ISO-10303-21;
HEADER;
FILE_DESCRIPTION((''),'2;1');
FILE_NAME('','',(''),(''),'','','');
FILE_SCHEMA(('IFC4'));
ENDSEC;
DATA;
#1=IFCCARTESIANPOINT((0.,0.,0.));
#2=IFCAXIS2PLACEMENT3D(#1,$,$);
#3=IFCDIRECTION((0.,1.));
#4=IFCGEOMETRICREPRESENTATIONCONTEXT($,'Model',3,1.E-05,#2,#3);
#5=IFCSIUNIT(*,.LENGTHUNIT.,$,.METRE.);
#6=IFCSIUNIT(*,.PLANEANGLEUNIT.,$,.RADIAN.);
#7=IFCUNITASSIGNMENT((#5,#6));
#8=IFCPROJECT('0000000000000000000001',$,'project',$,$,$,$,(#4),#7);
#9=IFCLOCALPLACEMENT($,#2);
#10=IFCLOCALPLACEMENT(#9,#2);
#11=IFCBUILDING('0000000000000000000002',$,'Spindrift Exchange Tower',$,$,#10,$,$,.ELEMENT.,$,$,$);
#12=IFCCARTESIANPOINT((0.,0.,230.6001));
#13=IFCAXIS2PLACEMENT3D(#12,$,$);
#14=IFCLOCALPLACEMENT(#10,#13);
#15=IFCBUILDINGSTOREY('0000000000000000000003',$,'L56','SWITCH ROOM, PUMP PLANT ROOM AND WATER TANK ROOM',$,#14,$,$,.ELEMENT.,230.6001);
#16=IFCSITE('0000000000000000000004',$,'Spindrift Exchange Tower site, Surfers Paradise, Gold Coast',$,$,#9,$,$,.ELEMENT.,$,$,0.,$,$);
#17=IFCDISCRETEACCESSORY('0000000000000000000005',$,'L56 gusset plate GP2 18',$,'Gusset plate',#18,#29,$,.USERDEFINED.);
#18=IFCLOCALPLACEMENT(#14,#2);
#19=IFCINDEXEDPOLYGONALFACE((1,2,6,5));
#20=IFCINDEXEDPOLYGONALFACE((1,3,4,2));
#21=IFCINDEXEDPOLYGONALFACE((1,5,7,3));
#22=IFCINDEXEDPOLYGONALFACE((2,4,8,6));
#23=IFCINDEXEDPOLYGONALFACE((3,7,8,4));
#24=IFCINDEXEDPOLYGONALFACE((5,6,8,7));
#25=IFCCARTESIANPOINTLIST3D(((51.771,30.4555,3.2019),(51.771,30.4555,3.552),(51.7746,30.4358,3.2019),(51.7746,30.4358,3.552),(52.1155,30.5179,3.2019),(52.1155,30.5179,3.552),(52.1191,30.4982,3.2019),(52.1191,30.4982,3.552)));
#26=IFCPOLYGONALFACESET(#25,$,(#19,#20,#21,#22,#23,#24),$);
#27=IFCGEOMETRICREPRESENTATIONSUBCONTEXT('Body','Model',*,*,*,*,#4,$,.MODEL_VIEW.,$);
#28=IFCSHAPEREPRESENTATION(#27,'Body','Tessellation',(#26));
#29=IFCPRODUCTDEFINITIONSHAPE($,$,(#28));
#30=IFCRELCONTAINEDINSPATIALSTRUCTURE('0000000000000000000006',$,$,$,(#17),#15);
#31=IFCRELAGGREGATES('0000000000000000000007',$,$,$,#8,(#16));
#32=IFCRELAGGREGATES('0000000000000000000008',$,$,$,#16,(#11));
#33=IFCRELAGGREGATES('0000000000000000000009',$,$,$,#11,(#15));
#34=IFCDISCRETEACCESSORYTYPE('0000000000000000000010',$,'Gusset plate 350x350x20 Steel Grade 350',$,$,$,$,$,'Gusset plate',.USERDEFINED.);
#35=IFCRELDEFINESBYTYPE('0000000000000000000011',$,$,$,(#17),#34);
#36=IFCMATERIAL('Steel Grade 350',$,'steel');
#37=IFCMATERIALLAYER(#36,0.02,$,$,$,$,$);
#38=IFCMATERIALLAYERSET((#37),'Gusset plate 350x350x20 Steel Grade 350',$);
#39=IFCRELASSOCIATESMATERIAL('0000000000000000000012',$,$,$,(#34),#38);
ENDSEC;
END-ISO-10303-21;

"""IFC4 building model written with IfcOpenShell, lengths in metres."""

from ifc_helpers import new_model, si_unit, direction, frame, origin, origin_2d, place, context, subcontext, project, spatial, rectangle, extrude, source, transform, mapped, material, layer, layer_set, type_object, element, save


model = new_model("IFC4")

# Units and contexts
model_context = context("Model", 3, precision=1e-05, world=origin(), true_north=direction((0.0, 1.0)))
body_context = subcontext(model_context, "Body", "Model", "MODEL_VIEW")
ifc_project = project(units=[si_unit("LENGTHUNIT", "METRE"), si_unit("PLANEANGLEUNIT", "RADIAN")], contexts=[model_context])

# Site, building, storey
site_placement = place(None, origin())
site = spatial("IfcSite", under=ifc_project, at=site_placement, Name="Spindrift Exchange Tower site, Surfers Paradise, Gold Coast", CompositionType="ELEMENT", RefElevation=0.0)
building_placement = place(site_placement, origin())
building = spatial("IfcBuilding", under=site, at=building_placement, Name="Spindrift Exchange Tower", CompositionType="ELEMENT")
storey_placement = place(building_placement, frame((0.0, 0.0, 230.6001)))
storey = spatial("IfcBuildingStorey", under=building, at=storey_placement, Name="L56", Description="SWITCH ROOM, PUMP PLANT ROOM AND WATER TANK ROOM", CompositionType="ELEMENT", Elevation=230.6001)

# Shared definitions
ifc_material_1 = material(Name="Steel Grade 350", Category="steel")

# Discrete accessory
ifc_layer_1 = layer(ifc_material_1, 0.02)
ifc_layer_set_1 = layer_set([ifc_layer_1], Name="Gusset plate 350x350x20 Steel Grade 350")
discrete_accessory_type = type_object("IfcDiscreteAccessoryType", Name="Gusset plate 350x350x20 Steel Grade 350", ElementType="Gusset plate", PredefinedType="USERDEFINED", material=ifc_layer_set_1)
shared_shape_1 = source(origin(), body_context, "Body", "SweptSolid", [
    extrude(rectangle(XDim=0.3501, YDim=0.02, at=origin_2d()), origin(), (0.0, 0.0, 1.0), 0.3501),
])
for number, where, z_axis, x_axis, name in (
    (1, (51.9451, 30.4768, 3.2019), (0.0, 0.0, 1.0), (0.983986, 0.178244, 0.0), "L56 gusset plate GP2 18"),
):
    element("IfcDiscreteAccessory", number, at=place(storey_placement, frame(where, z_axis=z_axis, x_axis=x_axis)), inside=storey, type_object=discrete_accessory_type, Name=name, ObjectType="Gusset plate", PredefinedType="USERDEFINED", context=body_context, shape_type="MappedRepresentation", body=[
        mapped(shared_shape_1, transform((0.0, 0.0, 0.0), scale=1.0)),
    ])

save(model, "model.ifc")
